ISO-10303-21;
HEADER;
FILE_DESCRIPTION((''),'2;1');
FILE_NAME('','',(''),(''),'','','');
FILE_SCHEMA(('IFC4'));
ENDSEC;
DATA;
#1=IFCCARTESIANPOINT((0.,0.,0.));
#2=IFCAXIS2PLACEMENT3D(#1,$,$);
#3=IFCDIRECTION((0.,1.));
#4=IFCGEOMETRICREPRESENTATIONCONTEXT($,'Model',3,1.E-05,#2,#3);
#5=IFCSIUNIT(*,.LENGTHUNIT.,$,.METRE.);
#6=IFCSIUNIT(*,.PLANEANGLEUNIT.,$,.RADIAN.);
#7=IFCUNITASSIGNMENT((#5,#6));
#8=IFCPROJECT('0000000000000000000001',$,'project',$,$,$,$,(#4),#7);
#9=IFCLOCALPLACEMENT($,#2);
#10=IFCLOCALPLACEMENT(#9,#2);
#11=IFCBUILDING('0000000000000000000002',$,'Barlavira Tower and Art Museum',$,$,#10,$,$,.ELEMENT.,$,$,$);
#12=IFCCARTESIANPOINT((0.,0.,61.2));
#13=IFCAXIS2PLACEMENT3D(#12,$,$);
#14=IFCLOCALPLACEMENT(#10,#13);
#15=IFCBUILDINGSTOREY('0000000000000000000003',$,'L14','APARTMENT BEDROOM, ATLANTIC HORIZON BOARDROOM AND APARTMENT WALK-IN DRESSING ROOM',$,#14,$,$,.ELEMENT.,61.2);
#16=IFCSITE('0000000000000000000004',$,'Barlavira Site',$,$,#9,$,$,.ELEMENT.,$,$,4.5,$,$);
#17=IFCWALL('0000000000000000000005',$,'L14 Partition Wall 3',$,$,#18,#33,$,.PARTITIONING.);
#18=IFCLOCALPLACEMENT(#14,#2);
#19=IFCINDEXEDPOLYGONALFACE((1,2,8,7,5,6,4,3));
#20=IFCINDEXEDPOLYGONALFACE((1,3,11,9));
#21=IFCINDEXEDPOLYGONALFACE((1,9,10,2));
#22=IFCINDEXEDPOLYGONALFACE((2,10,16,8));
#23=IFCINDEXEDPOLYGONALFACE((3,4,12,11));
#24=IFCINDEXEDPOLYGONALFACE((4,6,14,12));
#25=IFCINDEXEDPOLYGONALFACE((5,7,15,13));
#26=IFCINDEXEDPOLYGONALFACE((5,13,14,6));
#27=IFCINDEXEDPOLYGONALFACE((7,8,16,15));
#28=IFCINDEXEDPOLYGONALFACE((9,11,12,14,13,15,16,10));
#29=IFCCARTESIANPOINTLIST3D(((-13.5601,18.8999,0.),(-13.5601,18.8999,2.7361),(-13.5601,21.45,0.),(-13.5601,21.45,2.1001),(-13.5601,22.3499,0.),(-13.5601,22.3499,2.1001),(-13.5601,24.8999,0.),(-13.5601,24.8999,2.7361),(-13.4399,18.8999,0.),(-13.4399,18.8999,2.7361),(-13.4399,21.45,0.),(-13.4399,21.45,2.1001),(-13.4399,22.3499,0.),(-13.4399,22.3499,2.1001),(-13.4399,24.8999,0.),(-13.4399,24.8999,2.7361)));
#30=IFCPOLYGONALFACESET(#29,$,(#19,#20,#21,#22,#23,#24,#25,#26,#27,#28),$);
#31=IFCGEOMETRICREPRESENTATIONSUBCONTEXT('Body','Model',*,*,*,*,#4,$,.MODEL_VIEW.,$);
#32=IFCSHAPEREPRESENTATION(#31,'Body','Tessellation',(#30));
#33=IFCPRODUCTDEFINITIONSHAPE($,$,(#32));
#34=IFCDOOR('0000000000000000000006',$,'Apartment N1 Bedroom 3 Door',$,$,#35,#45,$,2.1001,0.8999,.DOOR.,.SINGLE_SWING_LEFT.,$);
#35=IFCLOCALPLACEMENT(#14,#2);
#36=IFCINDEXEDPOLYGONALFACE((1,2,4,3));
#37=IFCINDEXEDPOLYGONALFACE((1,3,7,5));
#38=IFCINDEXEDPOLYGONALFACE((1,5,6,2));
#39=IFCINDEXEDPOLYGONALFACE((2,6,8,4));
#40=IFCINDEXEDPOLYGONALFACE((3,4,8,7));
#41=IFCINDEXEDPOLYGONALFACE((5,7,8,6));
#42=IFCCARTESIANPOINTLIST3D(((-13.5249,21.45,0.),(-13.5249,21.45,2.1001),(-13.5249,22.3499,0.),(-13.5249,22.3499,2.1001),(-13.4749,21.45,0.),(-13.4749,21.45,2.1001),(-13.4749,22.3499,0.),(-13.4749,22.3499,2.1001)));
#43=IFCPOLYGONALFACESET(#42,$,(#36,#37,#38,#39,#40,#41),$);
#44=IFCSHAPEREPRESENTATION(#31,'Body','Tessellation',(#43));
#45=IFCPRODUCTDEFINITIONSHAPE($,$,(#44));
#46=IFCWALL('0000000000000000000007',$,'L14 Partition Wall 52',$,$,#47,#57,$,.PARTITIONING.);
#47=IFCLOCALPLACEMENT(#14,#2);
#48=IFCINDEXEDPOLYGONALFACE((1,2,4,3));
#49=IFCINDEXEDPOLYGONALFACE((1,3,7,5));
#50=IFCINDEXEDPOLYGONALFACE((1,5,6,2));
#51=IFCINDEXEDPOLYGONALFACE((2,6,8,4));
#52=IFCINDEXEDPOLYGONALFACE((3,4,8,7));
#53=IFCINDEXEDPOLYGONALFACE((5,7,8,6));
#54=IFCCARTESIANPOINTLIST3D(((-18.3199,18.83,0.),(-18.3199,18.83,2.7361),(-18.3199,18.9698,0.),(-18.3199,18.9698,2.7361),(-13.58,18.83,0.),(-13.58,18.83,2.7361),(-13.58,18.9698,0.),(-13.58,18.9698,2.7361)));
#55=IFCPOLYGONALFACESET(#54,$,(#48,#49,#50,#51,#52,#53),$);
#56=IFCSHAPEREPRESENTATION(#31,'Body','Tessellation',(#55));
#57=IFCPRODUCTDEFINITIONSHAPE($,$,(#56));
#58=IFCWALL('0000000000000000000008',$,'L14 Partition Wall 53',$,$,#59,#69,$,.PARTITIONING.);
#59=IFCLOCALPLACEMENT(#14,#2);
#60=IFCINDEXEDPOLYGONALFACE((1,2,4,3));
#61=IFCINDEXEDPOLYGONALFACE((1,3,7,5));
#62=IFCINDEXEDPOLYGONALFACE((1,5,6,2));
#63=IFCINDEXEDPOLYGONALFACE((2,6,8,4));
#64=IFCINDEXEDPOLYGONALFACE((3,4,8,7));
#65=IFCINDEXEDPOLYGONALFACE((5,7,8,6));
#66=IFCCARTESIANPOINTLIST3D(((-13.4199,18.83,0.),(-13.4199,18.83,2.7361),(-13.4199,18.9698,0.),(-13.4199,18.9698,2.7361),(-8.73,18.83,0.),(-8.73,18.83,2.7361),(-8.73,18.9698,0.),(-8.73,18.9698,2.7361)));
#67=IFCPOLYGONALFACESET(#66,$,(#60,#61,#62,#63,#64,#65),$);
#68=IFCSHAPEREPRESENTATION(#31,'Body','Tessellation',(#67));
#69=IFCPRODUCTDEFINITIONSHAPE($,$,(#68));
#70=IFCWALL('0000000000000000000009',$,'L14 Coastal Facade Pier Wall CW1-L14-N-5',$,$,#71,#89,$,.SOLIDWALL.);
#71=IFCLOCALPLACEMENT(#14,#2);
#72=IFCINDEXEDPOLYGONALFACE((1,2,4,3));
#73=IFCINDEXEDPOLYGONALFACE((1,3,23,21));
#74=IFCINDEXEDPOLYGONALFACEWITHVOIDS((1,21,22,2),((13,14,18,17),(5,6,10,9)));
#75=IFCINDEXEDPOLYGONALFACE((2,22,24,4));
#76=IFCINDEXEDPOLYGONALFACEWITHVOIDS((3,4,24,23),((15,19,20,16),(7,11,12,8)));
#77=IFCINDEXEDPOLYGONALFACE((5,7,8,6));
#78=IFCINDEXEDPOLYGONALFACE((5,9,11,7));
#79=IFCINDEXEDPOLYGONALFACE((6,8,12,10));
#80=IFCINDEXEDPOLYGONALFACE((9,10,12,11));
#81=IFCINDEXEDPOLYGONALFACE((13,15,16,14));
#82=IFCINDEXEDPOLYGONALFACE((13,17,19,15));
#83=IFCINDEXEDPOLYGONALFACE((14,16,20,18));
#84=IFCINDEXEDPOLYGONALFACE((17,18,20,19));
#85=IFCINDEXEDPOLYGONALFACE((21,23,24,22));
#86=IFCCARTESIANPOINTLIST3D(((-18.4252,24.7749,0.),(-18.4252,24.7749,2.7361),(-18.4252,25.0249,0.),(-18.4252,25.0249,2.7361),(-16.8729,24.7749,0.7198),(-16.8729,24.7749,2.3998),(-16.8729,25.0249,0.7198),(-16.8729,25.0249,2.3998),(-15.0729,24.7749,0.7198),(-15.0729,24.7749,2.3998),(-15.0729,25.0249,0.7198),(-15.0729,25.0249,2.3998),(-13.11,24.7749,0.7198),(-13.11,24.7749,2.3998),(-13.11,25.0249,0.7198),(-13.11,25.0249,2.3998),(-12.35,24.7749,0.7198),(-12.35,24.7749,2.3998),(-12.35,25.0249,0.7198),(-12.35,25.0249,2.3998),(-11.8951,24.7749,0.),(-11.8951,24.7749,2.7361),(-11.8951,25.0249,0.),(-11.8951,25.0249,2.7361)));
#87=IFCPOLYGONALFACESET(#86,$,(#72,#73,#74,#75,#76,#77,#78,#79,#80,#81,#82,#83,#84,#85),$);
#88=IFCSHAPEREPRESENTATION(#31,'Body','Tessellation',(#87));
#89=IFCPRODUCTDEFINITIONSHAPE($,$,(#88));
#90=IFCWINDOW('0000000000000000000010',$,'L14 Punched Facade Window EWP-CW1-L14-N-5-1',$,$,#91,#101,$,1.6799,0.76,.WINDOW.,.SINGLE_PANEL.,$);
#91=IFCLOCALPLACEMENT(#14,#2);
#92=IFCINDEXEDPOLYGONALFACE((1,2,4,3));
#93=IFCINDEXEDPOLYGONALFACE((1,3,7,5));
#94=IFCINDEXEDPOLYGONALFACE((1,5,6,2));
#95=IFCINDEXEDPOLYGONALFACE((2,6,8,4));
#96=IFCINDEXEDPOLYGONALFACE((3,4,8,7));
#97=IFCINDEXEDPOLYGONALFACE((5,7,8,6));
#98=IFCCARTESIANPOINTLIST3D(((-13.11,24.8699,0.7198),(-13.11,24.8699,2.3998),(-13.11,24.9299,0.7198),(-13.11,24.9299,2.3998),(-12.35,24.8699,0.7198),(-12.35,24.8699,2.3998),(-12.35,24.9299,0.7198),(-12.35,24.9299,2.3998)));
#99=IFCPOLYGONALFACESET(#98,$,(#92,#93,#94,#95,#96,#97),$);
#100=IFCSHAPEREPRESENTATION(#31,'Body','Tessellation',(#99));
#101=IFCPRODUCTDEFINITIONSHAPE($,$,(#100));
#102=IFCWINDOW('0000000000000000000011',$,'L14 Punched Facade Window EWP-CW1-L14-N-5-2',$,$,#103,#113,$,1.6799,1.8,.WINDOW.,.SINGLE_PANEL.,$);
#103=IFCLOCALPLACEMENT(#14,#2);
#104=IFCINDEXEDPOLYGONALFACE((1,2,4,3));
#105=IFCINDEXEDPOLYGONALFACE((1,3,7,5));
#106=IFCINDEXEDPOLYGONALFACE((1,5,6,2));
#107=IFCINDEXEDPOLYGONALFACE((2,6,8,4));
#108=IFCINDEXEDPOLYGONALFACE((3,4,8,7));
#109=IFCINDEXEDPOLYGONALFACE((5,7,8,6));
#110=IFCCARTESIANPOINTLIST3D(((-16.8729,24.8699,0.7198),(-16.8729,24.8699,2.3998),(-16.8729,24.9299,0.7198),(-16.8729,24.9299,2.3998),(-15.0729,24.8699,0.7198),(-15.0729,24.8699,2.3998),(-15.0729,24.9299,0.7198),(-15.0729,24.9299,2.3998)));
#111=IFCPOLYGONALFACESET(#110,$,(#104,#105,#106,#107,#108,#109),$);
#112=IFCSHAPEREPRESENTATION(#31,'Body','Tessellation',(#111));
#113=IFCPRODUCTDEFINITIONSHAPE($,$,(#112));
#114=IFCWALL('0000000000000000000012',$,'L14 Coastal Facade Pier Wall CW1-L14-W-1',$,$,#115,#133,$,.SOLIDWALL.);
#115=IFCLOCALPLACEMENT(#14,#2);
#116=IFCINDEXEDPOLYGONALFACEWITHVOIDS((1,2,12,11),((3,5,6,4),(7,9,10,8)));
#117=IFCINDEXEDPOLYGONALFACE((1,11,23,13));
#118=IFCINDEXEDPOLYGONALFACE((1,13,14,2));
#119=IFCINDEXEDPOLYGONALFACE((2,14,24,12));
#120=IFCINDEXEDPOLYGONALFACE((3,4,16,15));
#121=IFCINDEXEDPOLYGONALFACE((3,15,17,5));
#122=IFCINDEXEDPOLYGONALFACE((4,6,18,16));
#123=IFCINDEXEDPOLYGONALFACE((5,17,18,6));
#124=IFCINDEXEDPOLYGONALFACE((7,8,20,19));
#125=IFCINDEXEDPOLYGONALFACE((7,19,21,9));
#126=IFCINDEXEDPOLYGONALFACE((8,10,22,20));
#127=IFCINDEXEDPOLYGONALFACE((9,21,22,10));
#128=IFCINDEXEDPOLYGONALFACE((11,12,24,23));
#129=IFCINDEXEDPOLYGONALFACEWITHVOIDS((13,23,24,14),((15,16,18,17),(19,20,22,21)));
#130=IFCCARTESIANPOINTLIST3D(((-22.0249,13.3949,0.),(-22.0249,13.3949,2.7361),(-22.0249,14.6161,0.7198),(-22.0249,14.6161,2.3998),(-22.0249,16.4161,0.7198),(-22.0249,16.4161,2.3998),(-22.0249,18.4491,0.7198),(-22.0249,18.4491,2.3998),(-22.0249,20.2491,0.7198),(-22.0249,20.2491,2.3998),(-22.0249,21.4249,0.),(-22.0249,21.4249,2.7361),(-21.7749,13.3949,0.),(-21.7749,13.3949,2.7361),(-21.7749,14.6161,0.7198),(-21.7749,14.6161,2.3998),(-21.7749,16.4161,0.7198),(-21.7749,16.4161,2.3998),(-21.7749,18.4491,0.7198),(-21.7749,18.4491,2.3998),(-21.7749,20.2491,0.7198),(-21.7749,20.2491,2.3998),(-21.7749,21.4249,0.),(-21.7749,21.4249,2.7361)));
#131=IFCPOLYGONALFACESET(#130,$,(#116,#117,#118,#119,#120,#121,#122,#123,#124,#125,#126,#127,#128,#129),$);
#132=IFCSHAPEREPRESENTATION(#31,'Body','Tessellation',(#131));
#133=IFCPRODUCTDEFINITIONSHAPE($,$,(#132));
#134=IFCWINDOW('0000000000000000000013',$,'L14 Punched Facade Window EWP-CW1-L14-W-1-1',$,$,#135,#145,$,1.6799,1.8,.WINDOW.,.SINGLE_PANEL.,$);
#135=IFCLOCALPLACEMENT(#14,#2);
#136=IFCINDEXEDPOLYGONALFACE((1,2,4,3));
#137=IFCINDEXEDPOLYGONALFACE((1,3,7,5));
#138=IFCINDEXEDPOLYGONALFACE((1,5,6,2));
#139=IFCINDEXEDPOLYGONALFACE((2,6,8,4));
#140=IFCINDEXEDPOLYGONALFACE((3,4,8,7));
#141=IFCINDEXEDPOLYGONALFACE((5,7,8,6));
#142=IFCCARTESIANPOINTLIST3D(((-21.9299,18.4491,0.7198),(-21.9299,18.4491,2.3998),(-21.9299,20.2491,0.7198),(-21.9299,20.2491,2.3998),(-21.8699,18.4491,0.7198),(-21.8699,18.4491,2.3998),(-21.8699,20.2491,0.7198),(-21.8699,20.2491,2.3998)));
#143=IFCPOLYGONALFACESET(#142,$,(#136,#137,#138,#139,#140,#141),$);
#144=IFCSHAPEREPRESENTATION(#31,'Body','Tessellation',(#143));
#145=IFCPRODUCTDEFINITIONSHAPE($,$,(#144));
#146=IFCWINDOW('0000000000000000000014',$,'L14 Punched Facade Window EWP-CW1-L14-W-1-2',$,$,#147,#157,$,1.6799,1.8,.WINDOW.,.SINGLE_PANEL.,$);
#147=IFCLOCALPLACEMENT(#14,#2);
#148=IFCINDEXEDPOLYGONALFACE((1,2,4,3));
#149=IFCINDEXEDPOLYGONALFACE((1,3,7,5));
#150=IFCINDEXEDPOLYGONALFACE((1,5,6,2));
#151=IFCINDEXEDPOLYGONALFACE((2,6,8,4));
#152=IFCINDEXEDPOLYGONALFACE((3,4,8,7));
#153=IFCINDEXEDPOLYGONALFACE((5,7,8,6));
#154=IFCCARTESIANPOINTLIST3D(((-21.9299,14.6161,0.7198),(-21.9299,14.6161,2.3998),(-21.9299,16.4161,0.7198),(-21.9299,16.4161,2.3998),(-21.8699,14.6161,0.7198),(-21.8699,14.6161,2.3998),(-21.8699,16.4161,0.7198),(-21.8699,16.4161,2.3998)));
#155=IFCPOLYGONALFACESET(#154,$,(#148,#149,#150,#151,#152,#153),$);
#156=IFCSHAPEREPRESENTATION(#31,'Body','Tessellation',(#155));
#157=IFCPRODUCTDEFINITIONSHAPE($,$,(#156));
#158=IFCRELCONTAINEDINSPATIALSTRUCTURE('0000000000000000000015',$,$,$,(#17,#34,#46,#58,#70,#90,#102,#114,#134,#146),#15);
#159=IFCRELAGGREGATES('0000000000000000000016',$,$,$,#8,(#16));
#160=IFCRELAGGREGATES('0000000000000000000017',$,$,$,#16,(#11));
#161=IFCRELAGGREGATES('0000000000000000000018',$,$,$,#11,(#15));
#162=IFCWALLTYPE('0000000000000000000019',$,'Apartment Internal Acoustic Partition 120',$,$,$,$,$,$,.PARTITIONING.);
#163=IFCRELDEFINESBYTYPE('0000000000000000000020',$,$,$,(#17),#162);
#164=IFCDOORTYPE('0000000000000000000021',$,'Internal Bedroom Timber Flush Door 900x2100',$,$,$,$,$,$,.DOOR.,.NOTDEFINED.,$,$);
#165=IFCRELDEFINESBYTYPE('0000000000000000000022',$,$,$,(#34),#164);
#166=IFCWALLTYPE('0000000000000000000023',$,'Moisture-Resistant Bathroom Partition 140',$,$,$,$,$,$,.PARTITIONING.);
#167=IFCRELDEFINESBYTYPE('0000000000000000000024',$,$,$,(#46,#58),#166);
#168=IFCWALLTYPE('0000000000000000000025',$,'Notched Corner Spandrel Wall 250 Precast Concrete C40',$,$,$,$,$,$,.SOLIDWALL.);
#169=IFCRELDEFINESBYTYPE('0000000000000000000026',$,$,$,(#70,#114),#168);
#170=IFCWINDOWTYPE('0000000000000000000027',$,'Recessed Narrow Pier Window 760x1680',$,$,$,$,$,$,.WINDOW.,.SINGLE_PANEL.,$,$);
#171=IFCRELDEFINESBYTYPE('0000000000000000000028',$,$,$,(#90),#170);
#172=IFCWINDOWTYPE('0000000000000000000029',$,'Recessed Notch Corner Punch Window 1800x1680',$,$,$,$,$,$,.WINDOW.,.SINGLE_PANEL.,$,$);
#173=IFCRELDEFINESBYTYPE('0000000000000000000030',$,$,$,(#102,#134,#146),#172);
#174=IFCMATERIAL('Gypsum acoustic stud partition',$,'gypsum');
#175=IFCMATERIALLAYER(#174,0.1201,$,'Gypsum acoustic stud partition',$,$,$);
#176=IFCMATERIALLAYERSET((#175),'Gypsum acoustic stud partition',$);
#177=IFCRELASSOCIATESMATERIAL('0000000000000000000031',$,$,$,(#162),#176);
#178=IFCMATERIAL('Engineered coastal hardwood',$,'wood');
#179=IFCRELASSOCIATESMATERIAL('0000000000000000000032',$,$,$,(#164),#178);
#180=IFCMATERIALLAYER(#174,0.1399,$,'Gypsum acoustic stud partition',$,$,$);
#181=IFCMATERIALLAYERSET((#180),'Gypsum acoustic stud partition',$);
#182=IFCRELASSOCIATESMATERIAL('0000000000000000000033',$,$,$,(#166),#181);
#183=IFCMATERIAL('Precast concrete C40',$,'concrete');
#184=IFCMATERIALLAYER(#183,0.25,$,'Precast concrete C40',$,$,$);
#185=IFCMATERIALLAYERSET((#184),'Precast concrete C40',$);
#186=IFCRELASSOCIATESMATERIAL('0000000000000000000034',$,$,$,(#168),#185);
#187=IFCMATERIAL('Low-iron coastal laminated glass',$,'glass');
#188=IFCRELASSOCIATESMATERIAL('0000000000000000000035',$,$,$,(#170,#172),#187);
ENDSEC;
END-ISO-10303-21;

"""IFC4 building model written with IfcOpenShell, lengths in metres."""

from ifc_helpers import new_model, si_unit, direction, frame, frame_2d, origin, place, context, subcontext, project, spatial, rectangle, extrude, material, layer, layer_set, type_object, element, fill, save


model = new_model("IFC4")

# Units and contexts
model_context = context("Model", 3, precision=1e-05, world=origin(), true_north=direction((0.0, 1.0)))
body_context = subcontext(model_context, "Body", "Model", "MODEL_VIEW")
ifc_project = project(units=[si_unit("LENGTHUNIT", "METRE"), si_unit("PLANEANGLEUNIT", "RADIAN")], contexts=[model_context])

# Site, building, storey
site_placement = place(None, origin())
site = spatial("IfcSite", under=ifc_project, at=site_placement, Name="Barlavira Site", CompositionType="ELEMENT", RefElevation=4.5)
building_placement = place(site_placement, origin())
building = spatial("IfcBuilding", under=site, at=building_placement, Name="Barlavira Tower and Art Museum", CompositionType="ELEMENT")
storey_placement = place(building_placement, frame((0.0, 0.0, 61.2)))
storey = spatial("IfcBuildingStorey", under=building, at=storey_placement, Name="L14", Description="APARTMENT BEDROOM, ATLANTIC HORIZON BOARDROOM AND APARTMENT WALK-IN DRESSING ROOM", CompositionType="ELEMENT", Elevation=61.2)

# Wall, opening, door
ifc_material_1 = material(Name="Gypsum acoustic stud partition", Category="gypsum")
ifc_layer_1 = layer(ifc_material_1, 0.1201, Name="Gypsum acoustic stud partition")
ifc_layer_set_1 = layer_set([ifc_layer_1], Name="Gypsum acoustic stud partition")
wall_type_1 = type_object("IfcWallType", Name="Apartment Internal Acoustic Partition 120", PredefinedType="PARTITIONING", material=ifc_layer_set_1)
wall_1_placement = place(storey_placement, frame((-13.5, 18.8999, 0.0), z_axis=(0.0, 0.0, 1.0), x_axis=(0.0, 1.0, 0.0)))
wall_1 = element("IfcWall", 1, at=wall_1_placement, inside=storey, type_object=wall_type_1, Name="L14 Partition Wall 3", PredefinedType="PARTITIONING", context=body_context, shape_type="SweptSolid", body=[
    extrude(rectangle(XDim=6.0, YDim=0.1201, at=frame_2d((3.0, 0.0))), origin(), (0.0, 0.0, 1.0), 2.7361),
])
opening_1_placement = place(wall_1_placement, frame((2.55, 0.0, 0.0)))
opening_1 = element("IfcOpeningElement", 2, at=opening_1_placement, cuts=wall_1, PredefinedType="OPENING", context=body_context, shape_type="SweptSolid", body=[
    extrude(rectangle(XDim=0.8999, YDim=2.1001, at=frame_2d((0.45, 1.05))), frame((0.0, 0.0701, 0.0), z_axis=(0.0, -1.0, 0.0), x_axis=(1.0, 0.0, 0.0)), (0.0, 0.0, 1.0), 0.1401),
])
ifc_material_2 = material(Name="Engineered coastal hardwood", Category="wood")
door_type = type_object("IfcDoorType", Name="Internal Bedroom Timber Flush Door 900x2100", OperationType="NOTDEFINED", PredefinedType="DOOR", material=ifc_material_2)
door_placement = place(opening_1_placement, origin())
door = element("IfcDoor", 3, at=door_placement, inside=storey, type_object=door_type, Name="Apartment N1 Bedroom 3 Door", OperationType="SINGLE_SWING_LEFT", OverallHeight=2.1001, OverallWidth=0.8999, PredefinedType="DOOR", context=body_context, shape_type="SweptSolid", body=[
    extrude(rectangle(XDim=0.8999, YDim=2.1001, at=frame_2d((0.45, 1.05))), frame((0.0, 0.0249, 0.0), z_axis=(0.0, -1.0, 0.0), x_axis=(1.0, 0.0, 0.0)), (0.0, 0.0, 1.0), 0.05),
])
fill(opening_1, door)

# Walls
ifc_layer_2 = layer(ifc_material_1, 0.1399, Name="Gypsum acoustic stud partition")
ifc_layer_set_2 = layer_set([ifc_layer_2], Name="Gypsum acoustic stud partition")
wall_type_2 = type_object("IfcWallType", Name="Moisture-Resistant Bathroom Partition 140", PredefinedType="PARTITIONING", material=ifc_layer_set_2)
wall_2_placement = place(storey_placement, frame((-18.3201, 18.8999, 0.0), z_axis=(0.0, 0.0, 1.0), x_axis=(1.0, 0.0, 0.0)))
element("IfcWall", 4, at=wall_2_placement, inside=storey, type_object=wall_type_2, Name="L14 Partition Wall 52", PredefinedType="PARTITIONING", context=body_context, shape_type="SweptSolid", body=[
    extrude(rectangle(XDim=4.74, YDim=0.1399, at=frame_2d((2.3701, 0.0))), origin(), (0.0, 0.0, 1.0), 2.7361),
])
wall_3_placement = place(storey_placement, frame((-13.4199, 18.8999, 0.0), z_axis=(0.0, 0.0, 1.0), x_axis=(1.0, 0.0, 0.0)))
element("IfcWall", 5, at=wall_3_placement, inside=storey, type_object=wall_type_2, Name="L14 Partition Wall 53", PredefinedType="PARTITIONING", context=body_context, shape_type="SweptSolid", body=[
    extrude(rectangle(XDim=4.6899, YDim=0.1399, at=frame_2d((2.345, 0.0))), origin(), (0.0, 0.0, 1.0), 2.7361),
])

# Walls, openings, windows
ifc_material_3 = material(Name="Precast concrete C40", Category="concrete")
ifc_layer_3 = layer(ifc_material_3, 0.25, Name="Precast concrete C40")
ifc_layer_set_3 = layer_set([ifc_layer_3], Name="Precast concrete C40")
wall_type_3 = type_object("IfcWallType", Name="Notched Corner Spandrel Wall 250 Precast Concrete C40", PredefinedType="SOLIDWALL", material=ifc_layer_set_3)
wall_4_placement = place(storey_placement, frame((-11.895, 24.8999, 0.0), z_axis=(0.0, 0.0, 1.0), x_axis=(-1.0, 0.0, 0.0)))
wall_4 = element("IfcWall", 6, at=wall_4_placement, inside=storey, type_object=wall_type_3, Name="L14 Coastal Facade Pier Wall CW1-L14-N-5", PredefinedType="SOLIDWALL", context=body_context, shape_type="SweptSolid", body=[
    extrude(rectangle(XDim=6.53, YDim=0.25, at=frame_2d((3.2651, 0.0))), origin(), (0.0, 0.0, 1.0), 2.7361),
])
opening_2_placement = place(wall_4_placement, frame((0.4551, 0.0, 0.72)))
opening_2 = element("IfcOpeningElement", 7, at=opening_2_placement, cuts=wall_4, PredefinedType="OPENING", context=body_context, shape_type="SweptSolid", body=[
    extrude(rectangle(XDim=0.76, YDim=1.6799, at=frame_2d((0.3799, 0.8398))), frame((0.0, 0.135, 0.0), z_axis=(0.0, -1.0, 0.0), x_axis=(1.0, 0.0, 0.0)), (0.0, 0.0, 1.0), 0.27),
])
opening_3_placement = place(wall_4_placement, frame((3.178, 0.0, 0.72)))
opening_3 = element("IfcOpeningElement", 8, at=opening_3_placement, cuts=wall_4, PredefinedType="OPENING", context=body_context, shape_type="SweptSolid", body=[
    extrude(rectangle(XDim=1.8, YDim=1.6799, at=frame_2d((0.8999, 0.8398))), frame((0.0, 0.135, 0.0), z_axis=(0.0, -1.0, 0.0), x_axis=(1.0, 0.0, 0.0)), (0.0, 0.0, 1.0), 0.27),
])
ifc_material_4 = material(Name="Low-iron coastal laminated glass", Category="glass")
window_type_1 = type_object("IfcWindowType", Name="Recessed Narrow Pier Window 760x1680", PartitioningType="SINGLE_PANEL", PredefinedType="WINDOW", material=ifc_material_4)
window_1_placement = place(opening_2_placement, origin())
window_1 = element("IfcWindow", 9, at=window_1_placement, inside=storey, type_object=window_type_1, Name="L14 Punched Facade Window EWP-CW1-L14-N-5-1", OverallHeight=1.6799, OverallWidth=0.76, PartitioningType="SINGLE_PANEL", PredefinedType="WINDOW", context=body_context, shape_type="SweptSolid", body=[
    extrude(rectangle(XDim=0.76, YDim=1.6799, at=frame_2d((0.3799, 0.8398))), frame((0.0, 0.03, 0.0), z_axis=(0.0, -1.0, 0.0), x_axis=(1.0, 0.0, 0.0)), (0.0, 0.0, 1.0), 0.0601),
])
fill(opening_2, window_1)
window_type_2 = type_object("IfcWindowType", Name="Recessed Notch Corner Punch Window 1800x1680", PartitioningType="SINGLE_PANEL", PredefinedType="WINDOW", material=ifc_material_4)
window_2_placement = place(opening_3_placement, origin())
window_2 = element("IfcWindow", 10, at=window_2_placement, inside=storey, type_object=window_type_2, Name="L14 Punched Facade Window EWP-CW1-L14-N-5-2", OverallHeight=1.6799, OverallWidth=1.8, PartitioningType="SINGLE_PANEL", PredefinedType="WINDOW", context=body_context, shape_type="SweptSolid", body=[
    extrude(rectangle(XDim=1.8, YDim=1.6799, at=frame_2d((0.8999, 0.8398))), frame((0.0, 0.03, 0.0), z_axis=(0.0, -1.0, 0.0), x_axis=(1.0, 0.0, 0.0)), (0.0, 0.0, 1.0), 0.0601),
])
fill(opening_3, window_2)
wall_5_placement = place(storey_placement, frame((-21.8999, 21.425, 0.0), z_axis=(0.0, 0.0, 1.0), x_axis=(0.0, -1.0, 0.0)))
wall_5 = element("IfcWall", 11, at=wall_5_placement, inside=storey, type_object=wall_type_3, Name="L14 Coastal Facade Pier Wall CW1-L14-W-1", PredefinedType="SOLIDWALL", context=body_context, shape_type="SweptSolid", body=[
    extrude(rectangle(XDim=8.03, YDim=0.25, at=frame_2d((4.0151, 0.0))), origin(), (0.0, 0.0, 1.0), 2.7361),
])
opening_4_placement = place(wall_5_placement, frame((1.176, 0.0, 0.72)))
opening_4 = element("IfcOpeningElement", 12, at=opening_4_placement, cuts=wall_5, PredefinedType="OPENING", context=body_context, shape_type="SweptSolid", body=[
    extrude(rectangle(XDim=1.8, YDim=1.6799, at=frame_2d((0.8999, 0.8398))), frame((0.0, 0.135, 0.0), z_axis=(0.0, -1.0, 0.0), x_axis=(1.0, 0.0, 0.0)), (0.0, 0.0, 1.0), 0.27),
])
opening_5_placement = place(wall_5_placement, frame((5.009, 0.0, 0.72)))
opening_5 = element("IfcOpeningElement", 13, at=opening_5_placement, cuts=wall_5, PredefinedType="OPENING", context=body_context, shape_type="SweptSolid", body=[
    extrude(rectangle(XDim=1.8, YDim=1.6799, at=frame_2d((0.8999, 0.8398))), frame((0.0, 0.135, 0.0), z_axis=(0.0, -1.0, 0.0), x_axis=(1.0, 0.0, 0.0)), (0.0, 0.0, 1.0), 0.27),
])
window_3_placement = place(opening_4_placement, origin())
window_3 = element("IfcWindow", 14, at=window_3_placement, inside=storey, type_object=window_type_2, Name="L14 Punched Facade Window EWP-CW1-L14-W-1-1", OverallHeight=1.6799, OverallWidth=1.8, PartitioningType="SINGLE_PANEL", PredefinedType="WINDOW", context=body_context, shape_type="SweptSolid", body=[
    extrude(rectangle(XDim=1.8, YDim=1.6799, at=frame_2d((0.8999, 0.8398))), frame((0.0, 0.03, 0.0), z_axis=(0.0, -1.0, 0.0), x_axis=(1.0, 0.0, 0.0)), (0.0, 0.0, 1.0), 0.0601),
])
fill(opening_4, window_3)
window_4_placement = place(opening_5_placement, origin())
window_4 = element("IfcWindow", 15, at=window_4_placement, inside=storey, type_object=window_type_2, Name="L14 Punched Facade Window EWP-CW1-L14-W-1-2", OverallHeight=1.6799, OverallWidth=1.8, PartitioningType="SINGLE_PANEL", PredefinedType="WINDOW", context=body_context, shape_type="SweptSolid", body=[
    extrude(rectangle(XDim=1.8, YDim=1.6799, at=frame_2d((0.8999, 0.8398))), frame((0.0, 0.03, 0.0), z_axis=(0.0, -1.0, 0.0), x_axis=(1.0, 0.0, 0.0)), (0.0, 0.0, 1.0), 0.0601),
])
fill(opening_5, window_4)

save(model, "model.ifc")
